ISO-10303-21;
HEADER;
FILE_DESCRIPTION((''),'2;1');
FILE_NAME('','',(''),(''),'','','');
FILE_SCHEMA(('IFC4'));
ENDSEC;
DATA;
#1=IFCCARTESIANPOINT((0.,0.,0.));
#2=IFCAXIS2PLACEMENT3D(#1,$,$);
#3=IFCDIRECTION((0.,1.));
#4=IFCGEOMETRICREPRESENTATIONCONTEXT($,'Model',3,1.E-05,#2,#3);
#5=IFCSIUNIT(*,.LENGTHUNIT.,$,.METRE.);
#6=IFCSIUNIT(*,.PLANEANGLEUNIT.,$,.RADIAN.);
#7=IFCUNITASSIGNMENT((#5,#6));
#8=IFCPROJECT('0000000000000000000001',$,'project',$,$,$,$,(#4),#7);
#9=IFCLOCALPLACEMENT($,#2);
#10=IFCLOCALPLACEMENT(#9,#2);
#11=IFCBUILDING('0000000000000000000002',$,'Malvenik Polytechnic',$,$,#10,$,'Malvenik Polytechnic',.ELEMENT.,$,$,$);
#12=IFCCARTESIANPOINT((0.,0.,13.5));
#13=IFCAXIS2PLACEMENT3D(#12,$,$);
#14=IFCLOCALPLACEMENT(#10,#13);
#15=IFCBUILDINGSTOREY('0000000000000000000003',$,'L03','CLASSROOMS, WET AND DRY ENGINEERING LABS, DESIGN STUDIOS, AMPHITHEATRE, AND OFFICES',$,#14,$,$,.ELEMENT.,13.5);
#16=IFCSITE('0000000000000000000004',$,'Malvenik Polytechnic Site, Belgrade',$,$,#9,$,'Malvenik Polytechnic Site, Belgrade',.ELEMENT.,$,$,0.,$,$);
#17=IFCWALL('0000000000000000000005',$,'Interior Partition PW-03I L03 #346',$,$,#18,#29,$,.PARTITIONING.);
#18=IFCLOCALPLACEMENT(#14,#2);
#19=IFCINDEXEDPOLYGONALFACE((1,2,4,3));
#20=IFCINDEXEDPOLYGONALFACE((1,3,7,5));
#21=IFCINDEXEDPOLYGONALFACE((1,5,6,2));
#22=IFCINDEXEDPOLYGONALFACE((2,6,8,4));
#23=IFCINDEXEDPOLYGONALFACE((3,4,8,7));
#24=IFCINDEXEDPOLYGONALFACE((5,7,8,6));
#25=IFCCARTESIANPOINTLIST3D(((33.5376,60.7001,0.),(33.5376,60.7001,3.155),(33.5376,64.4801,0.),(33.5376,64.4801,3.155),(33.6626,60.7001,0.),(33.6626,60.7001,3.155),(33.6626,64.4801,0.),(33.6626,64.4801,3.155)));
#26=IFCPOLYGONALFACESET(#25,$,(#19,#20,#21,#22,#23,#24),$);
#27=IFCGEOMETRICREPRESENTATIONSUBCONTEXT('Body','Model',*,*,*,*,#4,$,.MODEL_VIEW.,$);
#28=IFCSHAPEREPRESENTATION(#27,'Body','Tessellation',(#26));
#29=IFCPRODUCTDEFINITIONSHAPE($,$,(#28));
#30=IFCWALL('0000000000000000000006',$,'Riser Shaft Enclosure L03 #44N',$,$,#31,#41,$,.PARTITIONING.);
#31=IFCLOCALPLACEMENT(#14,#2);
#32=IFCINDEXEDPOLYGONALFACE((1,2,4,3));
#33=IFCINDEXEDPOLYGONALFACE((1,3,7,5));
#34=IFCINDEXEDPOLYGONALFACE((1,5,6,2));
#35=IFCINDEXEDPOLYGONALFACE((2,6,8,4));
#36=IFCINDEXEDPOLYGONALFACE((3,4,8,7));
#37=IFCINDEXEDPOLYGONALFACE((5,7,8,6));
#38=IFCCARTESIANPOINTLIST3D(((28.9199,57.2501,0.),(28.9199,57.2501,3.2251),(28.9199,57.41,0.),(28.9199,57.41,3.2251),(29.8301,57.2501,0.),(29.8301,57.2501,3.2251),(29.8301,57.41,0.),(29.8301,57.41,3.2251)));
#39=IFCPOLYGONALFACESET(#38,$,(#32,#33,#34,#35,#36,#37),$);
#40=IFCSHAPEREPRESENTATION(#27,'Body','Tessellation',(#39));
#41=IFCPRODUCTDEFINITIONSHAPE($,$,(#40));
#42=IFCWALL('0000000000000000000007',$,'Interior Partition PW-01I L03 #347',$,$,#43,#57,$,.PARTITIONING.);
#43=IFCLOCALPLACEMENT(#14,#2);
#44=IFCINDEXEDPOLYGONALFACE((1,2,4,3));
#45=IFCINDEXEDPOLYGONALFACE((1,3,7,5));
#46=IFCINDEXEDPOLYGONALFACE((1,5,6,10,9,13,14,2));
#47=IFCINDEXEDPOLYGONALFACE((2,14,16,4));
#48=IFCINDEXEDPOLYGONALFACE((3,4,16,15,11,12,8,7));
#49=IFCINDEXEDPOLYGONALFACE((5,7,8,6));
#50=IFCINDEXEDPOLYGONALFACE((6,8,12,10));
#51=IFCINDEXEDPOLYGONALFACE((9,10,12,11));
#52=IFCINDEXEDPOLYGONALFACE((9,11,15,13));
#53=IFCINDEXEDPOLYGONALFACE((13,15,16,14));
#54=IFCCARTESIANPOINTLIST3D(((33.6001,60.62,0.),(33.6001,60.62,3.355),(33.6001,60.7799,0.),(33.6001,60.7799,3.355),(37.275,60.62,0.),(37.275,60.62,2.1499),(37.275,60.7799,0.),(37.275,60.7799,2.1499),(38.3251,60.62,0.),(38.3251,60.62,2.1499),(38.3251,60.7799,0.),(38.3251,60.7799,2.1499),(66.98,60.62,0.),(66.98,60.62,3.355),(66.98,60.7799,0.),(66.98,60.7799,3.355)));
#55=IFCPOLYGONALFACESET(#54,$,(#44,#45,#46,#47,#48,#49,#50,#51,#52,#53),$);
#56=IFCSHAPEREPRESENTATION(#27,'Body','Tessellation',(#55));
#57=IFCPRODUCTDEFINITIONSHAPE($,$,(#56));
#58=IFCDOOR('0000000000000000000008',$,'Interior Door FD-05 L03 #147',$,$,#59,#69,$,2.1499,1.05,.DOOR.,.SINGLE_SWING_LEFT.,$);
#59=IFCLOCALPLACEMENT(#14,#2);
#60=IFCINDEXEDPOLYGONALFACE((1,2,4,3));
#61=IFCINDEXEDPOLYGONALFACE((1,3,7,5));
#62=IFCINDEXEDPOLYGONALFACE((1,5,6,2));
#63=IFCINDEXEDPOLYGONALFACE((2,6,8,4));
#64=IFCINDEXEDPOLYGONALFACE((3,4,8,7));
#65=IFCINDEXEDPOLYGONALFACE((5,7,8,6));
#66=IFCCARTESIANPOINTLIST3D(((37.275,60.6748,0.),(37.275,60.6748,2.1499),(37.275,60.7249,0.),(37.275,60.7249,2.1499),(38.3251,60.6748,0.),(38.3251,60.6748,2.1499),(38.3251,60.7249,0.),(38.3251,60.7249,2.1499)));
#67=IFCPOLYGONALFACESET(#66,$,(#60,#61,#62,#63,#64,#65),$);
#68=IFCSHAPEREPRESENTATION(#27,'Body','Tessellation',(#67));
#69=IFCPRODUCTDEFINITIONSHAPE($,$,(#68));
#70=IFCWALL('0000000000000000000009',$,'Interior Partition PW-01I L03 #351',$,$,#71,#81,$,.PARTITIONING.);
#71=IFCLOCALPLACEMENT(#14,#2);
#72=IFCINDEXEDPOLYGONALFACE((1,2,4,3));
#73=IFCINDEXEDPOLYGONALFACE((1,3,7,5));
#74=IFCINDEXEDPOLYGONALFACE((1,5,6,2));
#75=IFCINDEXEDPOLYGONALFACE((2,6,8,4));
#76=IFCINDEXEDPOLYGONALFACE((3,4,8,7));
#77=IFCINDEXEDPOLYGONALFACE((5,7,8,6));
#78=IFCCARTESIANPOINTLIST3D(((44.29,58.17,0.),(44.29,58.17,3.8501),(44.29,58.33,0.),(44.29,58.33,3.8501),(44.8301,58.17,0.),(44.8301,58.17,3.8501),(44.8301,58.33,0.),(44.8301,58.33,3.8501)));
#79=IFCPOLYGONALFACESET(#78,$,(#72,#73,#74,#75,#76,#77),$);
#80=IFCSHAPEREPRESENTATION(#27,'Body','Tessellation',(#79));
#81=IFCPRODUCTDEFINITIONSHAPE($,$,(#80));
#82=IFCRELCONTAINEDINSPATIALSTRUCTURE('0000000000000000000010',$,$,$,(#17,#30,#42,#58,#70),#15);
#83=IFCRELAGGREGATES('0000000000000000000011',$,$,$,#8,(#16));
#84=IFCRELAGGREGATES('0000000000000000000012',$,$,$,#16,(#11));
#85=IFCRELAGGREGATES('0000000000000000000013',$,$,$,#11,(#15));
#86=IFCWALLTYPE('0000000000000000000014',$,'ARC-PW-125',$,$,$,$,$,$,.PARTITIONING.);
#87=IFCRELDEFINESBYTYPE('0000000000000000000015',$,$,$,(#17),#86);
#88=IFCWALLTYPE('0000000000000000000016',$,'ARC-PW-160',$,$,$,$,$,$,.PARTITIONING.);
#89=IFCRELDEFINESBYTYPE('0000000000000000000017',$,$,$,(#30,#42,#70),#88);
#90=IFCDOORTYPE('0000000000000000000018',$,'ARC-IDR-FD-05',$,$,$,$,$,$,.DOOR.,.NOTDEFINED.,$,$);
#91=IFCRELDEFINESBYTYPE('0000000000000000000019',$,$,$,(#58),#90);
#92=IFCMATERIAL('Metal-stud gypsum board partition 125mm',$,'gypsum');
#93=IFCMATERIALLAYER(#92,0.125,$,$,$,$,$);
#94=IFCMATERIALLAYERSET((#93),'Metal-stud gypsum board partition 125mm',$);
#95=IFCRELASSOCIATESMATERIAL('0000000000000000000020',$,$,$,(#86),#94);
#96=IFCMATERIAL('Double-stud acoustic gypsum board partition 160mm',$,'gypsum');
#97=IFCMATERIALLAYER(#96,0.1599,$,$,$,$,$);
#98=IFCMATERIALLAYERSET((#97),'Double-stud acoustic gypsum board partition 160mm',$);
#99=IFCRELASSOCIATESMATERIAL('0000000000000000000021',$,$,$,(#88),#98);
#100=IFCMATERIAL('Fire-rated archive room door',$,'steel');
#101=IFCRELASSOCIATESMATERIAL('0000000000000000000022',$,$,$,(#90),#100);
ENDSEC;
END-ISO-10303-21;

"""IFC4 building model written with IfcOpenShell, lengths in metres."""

from ifc_helpers import new_model, si_unit, direction, frame, frame_2d, origin, place, context, subcontext, project, spatial, rectangle, extrude, material, layer, layer_set, type_object, element, fill, save


model = new_model("IFC4")

# Units and contexts
model_context = context("Model", 3, precision=1e-05, world=origin(), true_north=direction((0.0, 1.0)))
body_context = subcontext(model_context, "Body", "Model", "MODEL_VIEW")
ifc_project = project(units=[si_unit("LENGTHUNIT", "METRE"), si_unit("PLANEANGLEUNIT", "RADIAN")], contexts=[model_context])

# Site, building, storey
site_placement = place(None, origin())
site = spatial("IfcSite", under=ifc_project, at=site_placement, Name="Malvenik Polytechnic Site, Belgrade", LongName="Malvenik Polytechnic Site, Belgrade", CompositionType="ELEMENT", RefElevation=0.0)
building_placement = place(site_placement, origin())
building = spatial("IfcBuilding", under=site, at=building_placement, Name="Malvenik Polytechnic", LongName="Malvenik Polytechnic", CompositionType="ELEMENT")
storey_placement = place(building_placement, frame((0.0, 0.0, 13.5)))
storey = spatial("IfcBuildingStorey", under=building, at=storey_placement, Name="L03", Description="CLASSROOMS, WET AND DRY ENGINEERING LABS, DESIGN STUDIOS, AMPHITHEATRE, AND OFFICES", CompositionType="ELEMENT", Elevation=13.5)

# Walls
ifc_material_1 = material(Name="Metal-stud gypsum board partition 125mm", Category="gypsum")
ifc_layer_1 = layer(ifc_material_1, 0.125)
ifc_layer_set_1 = layer_set([ifc_layer_1], Name="Metal-stud gypsum board partition 125mm")
wall_type_1 = type_object("IfcWallType", Name="ARC-PW-125", PredefinedType="PARTITIONING", material=ifc_layer_set_1)
wall_1_placement = place(storey_placement, frame((33.6001, 60.7, 0.0), z_axis=(0.0, 0.0, 1.0), x_axis=(0.0, 1.0, 0.0)))
element("IfcWall", 1, at=wall_1_placement, inside=storey, type_object=wall_type_1, Name="Interior Partition PW-03I L03 #346", PredefinedType="PARTITIONING", context=body_context, shape_type="SweptSolid", body=[
    extrude(rectangle(XDim=3.78, YDim=0.125, at=frame_2d((1.8901, 0.0))), origin(), (0.0, 0.0, 1.0), 3.155),
])
ifc_material_2 = material(Name="Double-stud acoustic gypsum board partition 160mm", Category="gypsum")
ifc_layer_2 = layer(ifc_material_2, 0.1599)
ifc_layer_set_2 = layer_set([ifc_layer_2], Name="Double-stud acoustic gypsum board partition 160mm")
wall_type_2 = type_object("IfcWallType", Name="ARC-PW-160", PredefinedType="PARTITIONING", material=ifc_layer_set_2)
wall_2_placement = place(storey_placement, frame((29.8301, 57.3301, 0.0), z_axis=(0.0, 0.0, 1.0), x_axis=(-1.0, 0.0, 0.0)))
element("IfcWall", 2, at=wall_2_placement, inside=storey, type_object=wall_type_2, Name="Riser Shaft Enclosure L03 #44N", PredefinedType="PARTITIONING", context=body_context, shape_type="SweptSolid", body=[
    extrude(rectangle(XDim=0.9102, YDim=0.1599, at=frame_2d((0.4551, 0.0))), origin(), (0.0, 0.0, 1.0), 3.2251),
])

# Wall, opening, door
wall_3_placement = place(storey_placement, frame((33.6001, 60.7, 0.0), z_axis=(0.0, 0.0, 1.0), x_axis=(1.0, 0.0, 0.0)))
wall_3 = element("IfcWall", 3, at=wall_3_placement, inside=storey, type_object=wall_type_2, Name="Interior Partition PW-01I L03 #347", PredefinedType="PARTITIONING", context=body_context, shape_type="SweptSolid", body=[
    extrude(rectangle(XDim=33.3799, YDim=0.1599, at=frame_2d((16.6899, 0.0))), origin(), (0.0, 0.0, 1.0), 3.355),
])
opening_1_placement = place(wall_3_placement, frame((3.675, 0.0, 0.0)))
opening_1 = element("IfcOpeningElement", 4, at=opening_1_placement, cuts=wall_3, PredefinedType="OPENING", context=body_context, shape_type="SweptSolid", body=[
    extrude(rectangle(XDim=1.05, YDim=2.1499, at=frame_2d((0.5249, 1.075))), frame((0.0, 0.0898, 0.0), z_axis=(0.0, -1.0, 0.0), x_axis=(1.0, 0.0, 0.0)), (0.0, 0.0, 1.0), 0.1799),
])
ifc_material_3 = material(Name="Fire-rated archive room door", Category="steel")
door_type_1 = type_object("IfcDoorType", Name="ARC-IDR-FD-05", OperationType="NOTDEFINED", PredefinedType="DOOR", material=ifc_material_3)
door_1_placement = place(opening_1_placement, origin())
door_1 = element("IfcDoor", 5, at=door_1_placement, inside=storey, type_object=door_type_1, Name="Interior Door FD-05 L03 #147", OperationType="SINGLE_SWING_LEFT", OverallHeight=2.1499, OverallWidth=1.05, PredefinedType="DOOR", context=body_context, shape_type="SweptSolid", body=[
    extrude(rectangle(XDim=1.05, YDim=2.1499, at=frame_2d((0.5249, 1.075))), frame((0.0, 0.0249, 0.0), z_axis=(0.0, -1.0, 0.0), x_axis=(1.0, 0.0, 0.0)), (0.0, 0.0, 1.0), 0.05),
])
fill(opening_1, door_1)

# Wall
wall_4_placement = place(storey_placement, frame((44.8301, 58.25, 0.0), z_axis=(0.0, 0.0, 1.0), x_axis=(-1.0, 0.0, 0.0)))
element("IfcWall", 6, at=wall_4_placement, inside=storey, type_object=wall_type_2, Name="Interior Partition PW-01I L03 #351", PredefinedType="PARTITIONING", context=body_context, shape_type="SweptSolid", body=[
    extrude(rectangle(XDim=0.54, YDim=0.1599, at=frame_2d((0.27, 0.0))), origin(), (0.0, 0.0, 1.0), 3.8501),
])

save(model, "model.ifc")
